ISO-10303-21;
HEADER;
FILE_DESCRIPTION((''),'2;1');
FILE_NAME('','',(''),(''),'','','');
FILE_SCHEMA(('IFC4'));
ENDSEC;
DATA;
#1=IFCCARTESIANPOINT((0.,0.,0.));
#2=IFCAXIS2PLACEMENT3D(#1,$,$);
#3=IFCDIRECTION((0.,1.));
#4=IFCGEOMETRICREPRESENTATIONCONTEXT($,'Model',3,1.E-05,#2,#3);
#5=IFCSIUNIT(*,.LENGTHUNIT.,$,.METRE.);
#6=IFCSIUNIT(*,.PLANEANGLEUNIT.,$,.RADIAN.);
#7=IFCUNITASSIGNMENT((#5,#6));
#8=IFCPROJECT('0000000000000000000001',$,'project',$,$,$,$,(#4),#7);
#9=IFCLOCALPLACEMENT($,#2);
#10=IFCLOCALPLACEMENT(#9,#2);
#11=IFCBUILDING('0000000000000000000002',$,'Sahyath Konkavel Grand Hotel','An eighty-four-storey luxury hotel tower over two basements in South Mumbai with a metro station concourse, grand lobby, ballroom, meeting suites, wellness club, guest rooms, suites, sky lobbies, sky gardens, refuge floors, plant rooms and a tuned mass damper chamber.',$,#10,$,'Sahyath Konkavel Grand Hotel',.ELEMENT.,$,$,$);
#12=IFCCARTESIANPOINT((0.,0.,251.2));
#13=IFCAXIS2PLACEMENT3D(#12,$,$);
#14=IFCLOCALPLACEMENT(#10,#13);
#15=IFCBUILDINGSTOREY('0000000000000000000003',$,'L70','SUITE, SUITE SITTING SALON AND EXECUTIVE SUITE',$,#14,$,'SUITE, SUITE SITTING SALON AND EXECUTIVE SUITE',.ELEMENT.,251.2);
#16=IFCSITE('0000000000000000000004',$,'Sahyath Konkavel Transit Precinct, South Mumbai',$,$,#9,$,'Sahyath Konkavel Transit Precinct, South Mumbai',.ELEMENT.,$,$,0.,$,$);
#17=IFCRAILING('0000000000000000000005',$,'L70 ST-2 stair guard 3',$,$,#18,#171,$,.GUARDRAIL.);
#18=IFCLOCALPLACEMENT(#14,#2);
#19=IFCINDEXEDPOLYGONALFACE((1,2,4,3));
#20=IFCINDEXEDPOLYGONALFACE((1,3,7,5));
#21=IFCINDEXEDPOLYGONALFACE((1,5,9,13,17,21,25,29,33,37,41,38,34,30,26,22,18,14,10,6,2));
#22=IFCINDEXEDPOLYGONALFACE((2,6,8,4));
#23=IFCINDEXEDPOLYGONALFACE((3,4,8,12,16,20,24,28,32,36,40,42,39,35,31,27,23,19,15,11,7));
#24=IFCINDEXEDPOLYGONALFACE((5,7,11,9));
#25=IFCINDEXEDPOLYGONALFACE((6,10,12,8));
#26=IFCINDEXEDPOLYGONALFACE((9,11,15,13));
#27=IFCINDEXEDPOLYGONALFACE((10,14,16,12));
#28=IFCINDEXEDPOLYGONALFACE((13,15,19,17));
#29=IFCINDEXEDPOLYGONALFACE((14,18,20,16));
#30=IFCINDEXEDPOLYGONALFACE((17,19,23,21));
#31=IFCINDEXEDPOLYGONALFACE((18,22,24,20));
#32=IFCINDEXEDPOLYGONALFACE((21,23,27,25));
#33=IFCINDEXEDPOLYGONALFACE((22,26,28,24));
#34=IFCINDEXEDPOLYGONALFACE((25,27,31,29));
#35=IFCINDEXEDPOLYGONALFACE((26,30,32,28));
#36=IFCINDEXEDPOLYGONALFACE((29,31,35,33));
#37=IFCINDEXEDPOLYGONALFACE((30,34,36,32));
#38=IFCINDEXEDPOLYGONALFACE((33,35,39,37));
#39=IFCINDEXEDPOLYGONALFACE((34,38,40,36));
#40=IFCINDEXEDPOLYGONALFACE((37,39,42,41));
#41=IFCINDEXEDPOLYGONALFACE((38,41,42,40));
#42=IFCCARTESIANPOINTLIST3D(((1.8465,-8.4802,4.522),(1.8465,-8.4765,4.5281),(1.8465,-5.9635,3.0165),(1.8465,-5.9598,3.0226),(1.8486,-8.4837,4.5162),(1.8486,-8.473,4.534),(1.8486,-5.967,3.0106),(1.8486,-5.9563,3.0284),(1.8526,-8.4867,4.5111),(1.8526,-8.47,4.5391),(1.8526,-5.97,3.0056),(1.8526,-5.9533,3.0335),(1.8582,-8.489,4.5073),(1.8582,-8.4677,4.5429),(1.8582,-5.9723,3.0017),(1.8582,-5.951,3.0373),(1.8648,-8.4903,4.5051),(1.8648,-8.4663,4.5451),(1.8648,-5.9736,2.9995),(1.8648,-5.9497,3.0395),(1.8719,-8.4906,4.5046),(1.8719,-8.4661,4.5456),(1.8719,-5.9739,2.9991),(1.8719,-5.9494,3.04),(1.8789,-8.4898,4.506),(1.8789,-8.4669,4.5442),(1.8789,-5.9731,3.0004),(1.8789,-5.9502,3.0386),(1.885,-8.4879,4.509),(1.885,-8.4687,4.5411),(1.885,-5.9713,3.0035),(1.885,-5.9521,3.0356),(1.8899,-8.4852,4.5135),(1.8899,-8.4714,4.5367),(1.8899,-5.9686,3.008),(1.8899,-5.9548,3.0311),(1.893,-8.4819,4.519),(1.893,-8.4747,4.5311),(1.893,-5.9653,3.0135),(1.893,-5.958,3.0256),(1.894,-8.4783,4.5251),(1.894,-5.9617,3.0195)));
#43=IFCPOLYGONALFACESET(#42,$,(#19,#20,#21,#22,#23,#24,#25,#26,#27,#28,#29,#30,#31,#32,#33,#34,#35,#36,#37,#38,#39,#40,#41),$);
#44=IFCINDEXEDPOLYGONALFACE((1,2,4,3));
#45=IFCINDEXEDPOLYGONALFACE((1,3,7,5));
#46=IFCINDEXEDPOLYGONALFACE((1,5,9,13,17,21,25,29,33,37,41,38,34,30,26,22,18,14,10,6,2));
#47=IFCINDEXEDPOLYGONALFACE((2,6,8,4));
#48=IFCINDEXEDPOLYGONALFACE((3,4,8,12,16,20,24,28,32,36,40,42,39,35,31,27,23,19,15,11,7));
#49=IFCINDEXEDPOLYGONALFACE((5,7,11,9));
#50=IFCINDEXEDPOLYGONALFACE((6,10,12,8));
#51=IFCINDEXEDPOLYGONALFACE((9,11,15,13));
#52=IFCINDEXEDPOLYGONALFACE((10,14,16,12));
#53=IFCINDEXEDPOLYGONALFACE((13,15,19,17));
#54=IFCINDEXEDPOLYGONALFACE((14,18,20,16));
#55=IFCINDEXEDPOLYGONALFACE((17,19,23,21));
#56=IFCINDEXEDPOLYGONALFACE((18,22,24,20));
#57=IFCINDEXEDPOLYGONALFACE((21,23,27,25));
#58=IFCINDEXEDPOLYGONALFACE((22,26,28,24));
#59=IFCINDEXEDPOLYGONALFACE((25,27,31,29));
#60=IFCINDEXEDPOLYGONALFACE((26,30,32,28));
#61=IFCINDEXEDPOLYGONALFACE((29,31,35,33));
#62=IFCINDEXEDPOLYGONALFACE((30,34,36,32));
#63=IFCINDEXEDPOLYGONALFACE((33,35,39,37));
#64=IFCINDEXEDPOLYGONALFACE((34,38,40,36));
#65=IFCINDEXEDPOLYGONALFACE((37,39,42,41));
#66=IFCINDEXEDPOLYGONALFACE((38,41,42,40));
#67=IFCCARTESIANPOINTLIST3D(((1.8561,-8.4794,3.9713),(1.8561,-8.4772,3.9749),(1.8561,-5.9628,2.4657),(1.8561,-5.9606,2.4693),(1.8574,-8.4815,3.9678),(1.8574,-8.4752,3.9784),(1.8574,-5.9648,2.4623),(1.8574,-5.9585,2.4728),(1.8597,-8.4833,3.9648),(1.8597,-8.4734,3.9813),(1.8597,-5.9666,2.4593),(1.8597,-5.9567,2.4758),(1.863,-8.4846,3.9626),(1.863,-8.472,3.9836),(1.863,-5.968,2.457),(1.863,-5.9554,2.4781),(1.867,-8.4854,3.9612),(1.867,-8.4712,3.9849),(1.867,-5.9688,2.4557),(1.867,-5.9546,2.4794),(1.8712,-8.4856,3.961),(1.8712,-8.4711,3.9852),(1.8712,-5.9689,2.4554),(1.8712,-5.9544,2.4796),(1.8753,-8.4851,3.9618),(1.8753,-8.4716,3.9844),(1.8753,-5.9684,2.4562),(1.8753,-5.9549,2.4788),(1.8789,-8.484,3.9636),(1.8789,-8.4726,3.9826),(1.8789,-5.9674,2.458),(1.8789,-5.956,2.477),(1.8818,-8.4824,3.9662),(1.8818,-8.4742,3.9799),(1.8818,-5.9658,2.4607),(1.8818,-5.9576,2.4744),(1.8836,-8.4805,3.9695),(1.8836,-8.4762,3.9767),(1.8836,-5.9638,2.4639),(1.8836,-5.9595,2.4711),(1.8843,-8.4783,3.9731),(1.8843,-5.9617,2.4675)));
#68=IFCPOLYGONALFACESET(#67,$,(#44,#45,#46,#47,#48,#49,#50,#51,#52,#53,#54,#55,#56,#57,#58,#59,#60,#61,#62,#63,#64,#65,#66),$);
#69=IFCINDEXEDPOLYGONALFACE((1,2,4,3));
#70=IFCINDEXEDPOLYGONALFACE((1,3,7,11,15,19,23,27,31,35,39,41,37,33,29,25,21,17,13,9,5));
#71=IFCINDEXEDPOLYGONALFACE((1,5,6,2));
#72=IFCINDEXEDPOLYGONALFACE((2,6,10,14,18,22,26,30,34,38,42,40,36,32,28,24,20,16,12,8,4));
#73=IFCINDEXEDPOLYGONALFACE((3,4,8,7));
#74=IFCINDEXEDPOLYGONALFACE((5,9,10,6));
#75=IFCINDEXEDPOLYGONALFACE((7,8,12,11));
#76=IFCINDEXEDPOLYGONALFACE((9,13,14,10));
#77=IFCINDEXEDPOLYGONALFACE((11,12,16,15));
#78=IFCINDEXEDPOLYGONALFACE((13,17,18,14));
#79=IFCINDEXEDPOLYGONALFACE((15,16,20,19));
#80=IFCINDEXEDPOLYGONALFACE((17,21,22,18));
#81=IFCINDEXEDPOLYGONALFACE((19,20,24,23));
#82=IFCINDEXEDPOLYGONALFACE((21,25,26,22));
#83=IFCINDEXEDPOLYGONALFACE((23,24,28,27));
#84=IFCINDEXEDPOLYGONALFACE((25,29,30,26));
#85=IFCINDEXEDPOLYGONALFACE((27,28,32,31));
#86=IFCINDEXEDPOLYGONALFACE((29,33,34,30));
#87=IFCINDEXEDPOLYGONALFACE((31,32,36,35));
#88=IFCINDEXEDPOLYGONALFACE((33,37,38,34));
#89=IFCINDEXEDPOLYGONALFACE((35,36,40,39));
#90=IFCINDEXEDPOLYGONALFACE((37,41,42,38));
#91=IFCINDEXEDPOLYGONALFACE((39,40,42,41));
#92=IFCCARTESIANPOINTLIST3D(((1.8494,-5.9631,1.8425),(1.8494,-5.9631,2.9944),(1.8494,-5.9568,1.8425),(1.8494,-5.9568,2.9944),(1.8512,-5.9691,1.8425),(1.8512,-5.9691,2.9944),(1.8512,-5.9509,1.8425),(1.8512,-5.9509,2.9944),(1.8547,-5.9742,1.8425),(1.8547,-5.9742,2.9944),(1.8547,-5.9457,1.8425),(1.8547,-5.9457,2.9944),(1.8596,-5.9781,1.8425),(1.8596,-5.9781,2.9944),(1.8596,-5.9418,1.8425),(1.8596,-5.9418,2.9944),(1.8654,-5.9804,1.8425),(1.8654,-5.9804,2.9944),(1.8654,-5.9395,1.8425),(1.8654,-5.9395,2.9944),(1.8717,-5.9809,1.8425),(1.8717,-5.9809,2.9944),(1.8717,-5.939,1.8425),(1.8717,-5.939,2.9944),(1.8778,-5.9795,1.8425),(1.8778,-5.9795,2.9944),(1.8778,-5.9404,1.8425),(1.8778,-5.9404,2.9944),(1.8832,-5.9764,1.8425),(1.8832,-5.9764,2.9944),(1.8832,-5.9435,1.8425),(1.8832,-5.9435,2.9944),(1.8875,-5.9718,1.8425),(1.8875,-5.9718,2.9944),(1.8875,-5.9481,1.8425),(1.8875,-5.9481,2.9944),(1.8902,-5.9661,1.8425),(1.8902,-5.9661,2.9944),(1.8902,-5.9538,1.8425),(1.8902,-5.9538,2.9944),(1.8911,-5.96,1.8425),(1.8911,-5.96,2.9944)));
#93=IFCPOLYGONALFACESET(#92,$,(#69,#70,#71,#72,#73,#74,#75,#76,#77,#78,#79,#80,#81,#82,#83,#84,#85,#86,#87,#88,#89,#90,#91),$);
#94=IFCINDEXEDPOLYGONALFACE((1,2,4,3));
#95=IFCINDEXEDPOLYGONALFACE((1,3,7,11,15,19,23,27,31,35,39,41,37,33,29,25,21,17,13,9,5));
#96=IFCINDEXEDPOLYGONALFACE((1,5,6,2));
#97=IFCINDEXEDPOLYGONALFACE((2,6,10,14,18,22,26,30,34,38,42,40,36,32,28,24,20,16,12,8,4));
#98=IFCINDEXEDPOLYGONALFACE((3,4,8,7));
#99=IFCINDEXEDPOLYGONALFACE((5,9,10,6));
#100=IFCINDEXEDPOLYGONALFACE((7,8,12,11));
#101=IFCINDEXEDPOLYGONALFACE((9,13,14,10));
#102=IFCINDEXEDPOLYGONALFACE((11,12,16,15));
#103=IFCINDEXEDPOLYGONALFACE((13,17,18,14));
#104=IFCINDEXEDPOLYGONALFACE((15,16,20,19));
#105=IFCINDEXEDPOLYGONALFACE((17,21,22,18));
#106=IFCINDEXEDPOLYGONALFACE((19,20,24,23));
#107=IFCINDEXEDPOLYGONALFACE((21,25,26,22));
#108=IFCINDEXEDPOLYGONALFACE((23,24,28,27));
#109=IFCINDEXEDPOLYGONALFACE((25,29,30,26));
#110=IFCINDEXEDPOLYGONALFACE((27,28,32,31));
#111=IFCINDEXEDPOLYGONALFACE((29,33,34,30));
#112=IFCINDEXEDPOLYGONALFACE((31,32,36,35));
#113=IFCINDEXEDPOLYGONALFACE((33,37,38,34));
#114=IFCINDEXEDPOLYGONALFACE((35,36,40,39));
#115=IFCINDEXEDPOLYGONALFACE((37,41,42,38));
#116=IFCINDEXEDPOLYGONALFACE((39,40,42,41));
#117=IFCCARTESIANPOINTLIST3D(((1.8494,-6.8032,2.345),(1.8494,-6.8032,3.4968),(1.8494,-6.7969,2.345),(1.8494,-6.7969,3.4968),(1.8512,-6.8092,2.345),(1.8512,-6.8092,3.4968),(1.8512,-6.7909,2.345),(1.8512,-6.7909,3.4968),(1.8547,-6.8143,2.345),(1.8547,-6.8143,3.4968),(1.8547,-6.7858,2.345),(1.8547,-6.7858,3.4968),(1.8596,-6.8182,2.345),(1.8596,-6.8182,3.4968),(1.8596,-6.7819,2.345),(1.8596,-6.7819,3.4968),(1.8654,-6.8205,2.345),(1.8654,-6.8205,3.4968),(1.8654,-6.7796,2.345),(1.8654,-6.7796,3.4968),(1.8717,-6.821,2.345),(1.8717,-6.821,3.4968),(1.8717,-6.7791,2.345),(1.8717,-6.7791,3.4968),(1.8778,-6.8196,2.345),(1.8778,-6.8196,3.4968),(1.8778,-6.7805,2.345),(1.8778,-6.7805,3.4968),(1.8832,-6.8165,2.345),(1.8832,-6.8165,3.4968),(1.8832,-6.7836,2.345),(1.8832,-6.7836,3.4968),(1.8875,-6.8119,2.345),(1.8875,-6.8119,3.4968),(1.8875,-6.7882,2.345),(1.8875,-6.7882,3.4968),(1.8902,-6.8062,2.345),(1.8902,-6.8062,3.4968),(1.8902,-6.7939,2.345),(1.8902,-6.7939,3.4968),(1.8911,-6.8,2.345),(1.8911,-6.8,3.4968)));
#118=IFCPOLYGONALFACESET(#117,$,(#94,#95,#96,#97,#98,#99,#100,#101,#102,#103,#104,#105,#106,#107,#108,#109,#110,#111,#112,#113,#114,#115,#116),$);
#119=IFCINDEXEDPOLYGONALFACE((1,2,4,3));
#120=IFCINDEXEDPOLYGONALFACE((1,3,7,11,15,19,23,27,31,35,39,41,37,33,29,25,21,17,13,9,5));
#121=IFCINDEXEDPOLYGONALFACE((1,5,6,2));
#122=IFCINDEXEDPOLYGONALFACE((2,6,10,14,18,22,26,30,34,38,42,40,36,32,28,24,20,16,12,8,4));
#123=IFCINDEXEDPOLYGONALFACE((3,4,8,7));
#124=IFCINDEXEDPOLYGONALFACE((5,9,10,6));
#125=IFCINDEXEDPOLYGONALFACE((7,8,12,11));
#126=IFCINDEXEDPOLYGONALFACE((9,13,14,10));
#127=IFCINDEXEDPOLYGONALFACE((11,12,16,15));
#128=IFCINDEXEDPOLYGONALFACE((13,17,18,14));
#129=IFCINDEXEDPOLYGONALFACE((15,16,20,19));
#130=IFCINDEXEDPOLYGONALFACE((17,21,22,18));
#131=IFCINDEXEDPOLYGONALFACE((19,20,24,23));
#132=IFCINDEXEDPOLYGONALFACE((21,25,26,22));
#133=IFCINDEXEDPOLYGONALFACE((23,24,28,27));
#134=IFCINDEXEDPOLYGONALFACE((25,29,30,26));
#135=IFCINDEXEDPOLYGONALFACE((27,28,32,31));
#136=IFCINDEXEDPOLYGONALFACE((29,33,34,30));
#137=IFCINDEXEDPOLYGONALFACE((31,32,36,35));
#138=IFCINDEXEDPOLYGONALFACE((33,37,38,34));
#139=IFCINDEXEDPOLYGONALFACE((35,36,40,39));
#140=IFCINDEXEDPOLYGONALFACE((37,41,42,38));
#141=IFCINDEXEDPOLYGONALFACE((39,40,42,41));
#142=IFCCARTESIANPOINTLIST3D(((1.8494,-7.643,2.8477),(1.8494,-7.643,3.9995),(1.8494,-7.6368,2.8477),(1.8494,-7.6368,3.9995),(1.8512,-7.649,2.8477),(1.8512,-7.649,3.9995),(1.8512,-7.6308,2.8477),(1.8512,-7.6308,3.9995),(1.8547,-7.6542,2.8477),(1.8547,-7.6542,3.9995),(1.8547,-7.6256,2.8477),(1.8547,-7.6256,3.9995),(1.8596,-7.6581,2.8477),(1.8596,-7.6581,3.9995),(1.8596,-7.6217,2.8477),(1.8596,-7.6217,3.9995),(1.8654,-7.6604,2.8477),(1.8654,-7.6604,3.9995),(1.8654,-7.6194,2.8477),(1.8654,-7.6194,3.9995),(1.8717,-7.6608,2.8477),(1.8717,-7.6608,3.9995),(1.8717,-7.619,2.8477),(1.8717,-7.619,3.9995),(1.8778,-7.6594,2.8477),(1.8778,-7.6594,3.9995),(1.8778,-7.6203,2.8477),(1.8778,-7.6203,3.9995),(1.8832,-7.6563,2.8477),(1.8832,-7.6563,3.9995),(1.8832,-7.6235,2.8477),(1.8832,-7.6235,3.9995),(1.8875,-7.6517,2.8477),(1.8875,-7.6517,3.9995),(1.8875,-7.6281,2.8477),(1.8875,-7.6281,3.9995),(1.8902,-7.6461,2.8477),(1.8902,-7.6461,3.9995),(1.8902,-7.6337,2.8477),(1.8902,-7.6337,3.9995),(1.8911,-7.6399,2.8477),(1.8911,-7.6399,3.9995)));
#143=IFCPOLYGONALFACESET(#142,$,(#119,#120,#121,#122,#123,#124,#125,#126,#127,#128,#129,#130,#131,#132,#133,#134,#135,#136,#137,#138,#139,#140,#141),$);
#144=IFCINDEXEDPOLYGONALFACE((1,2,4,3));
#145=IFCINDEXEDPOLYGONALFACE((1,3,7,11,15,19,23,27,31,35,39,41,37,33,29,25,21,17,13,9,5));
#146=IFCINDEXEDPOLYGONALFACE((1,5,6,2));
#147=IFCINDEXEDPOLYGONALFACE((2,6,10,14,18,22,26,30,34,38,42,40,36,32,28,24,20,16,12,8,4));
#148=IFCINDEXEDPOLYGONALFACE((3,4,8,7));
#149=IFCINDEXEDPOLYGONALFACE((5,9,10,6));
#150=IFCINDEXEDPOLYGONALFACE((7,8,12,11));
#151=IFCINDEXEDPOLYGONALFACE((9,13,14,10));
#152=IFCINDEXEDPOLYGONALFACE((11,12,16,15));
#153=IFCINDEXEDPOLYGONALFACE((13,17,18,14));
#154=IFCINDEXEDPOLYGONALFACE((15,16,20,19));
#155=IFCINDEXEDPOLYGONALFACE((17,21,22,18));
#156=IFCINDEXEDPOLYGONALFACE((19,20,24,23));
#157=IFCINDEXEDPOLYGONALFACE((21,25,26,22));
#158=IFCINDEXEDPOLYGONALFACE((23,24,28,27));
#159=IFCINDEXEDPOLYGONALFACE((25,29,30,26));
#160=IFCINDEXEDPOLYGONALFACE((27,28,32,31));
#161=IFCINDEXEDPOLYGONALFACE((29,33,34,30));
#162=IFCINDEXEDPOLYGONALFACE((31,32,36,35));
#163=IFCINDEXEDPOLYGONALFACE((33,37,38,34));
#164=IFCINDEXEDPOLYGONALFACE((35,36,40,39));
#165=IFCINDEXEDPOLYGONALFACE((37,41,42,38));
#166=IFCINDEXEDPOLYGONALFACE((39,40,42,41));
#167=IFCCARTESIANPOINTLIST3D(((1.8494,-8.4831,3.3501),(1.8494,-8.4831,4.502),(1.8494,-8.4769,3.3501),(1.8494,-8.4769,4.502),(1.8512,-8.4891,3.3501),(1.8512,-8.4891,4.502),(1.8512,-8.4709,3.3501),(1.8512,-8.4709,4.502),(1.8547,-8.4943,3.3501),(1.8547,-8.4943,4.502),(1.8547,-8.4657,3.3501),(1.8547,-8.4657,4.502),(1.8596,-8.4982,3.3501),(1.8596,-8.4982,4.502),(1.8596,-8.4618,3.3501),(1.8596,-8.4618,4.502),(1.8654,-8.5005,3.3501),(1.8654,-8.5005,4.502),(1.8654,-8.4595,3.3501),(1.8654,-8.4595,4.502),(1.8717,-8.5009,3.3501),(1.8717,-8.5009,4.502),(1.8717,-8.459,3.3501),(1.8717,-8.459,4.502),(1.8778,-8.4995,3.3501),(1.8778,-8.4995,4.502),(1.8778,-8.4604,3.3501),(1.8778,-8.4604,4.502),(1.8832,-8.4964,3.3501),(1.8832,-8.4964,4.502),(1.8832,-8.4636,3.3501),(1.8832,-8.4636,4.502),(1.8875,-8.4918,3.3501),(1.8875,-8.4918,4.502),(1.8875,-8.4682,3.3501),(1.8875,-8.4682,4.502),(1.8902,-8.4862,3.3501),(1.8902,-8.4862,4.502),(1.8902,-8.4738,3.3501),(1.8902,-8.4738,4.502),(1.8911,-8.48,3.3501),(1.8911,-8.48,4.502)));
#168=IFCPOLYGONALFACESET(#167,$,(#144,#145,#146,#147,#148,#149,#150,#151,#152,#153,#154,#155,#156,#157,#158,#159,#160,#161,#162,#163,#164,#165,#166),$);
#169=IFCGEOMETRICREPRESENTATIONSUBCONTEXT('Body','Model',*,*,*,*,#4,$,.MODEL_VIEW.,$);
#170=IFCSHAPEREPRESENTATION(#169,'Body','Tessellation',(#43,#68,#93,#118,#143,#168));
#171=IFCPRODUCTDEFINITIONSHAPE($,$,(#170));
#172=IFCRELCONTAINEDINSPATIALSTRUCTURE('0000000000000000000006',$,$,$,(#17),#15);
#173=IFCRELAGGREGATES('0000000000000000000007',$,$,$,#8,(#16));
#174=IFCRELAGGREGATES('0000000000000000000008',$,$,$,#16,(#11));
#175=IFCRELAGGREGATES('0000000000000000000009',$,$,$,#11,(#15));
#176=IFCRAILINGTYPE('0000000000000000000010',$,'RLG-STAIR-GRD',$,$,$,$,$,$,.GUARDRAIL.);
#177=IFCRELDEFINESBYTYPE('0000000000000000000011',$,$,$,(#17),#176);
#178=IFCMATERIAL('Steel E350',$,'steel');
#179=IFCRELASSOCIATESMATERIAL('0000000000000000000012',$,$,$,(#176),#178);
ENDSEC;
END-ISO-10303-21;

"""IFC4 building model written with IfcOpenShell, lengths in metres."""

from ifc_helpers import new_model, si_unit, direction, frame, origin, origin_2d, place, context, subcontext, project, spatial, circle, extrude, material, type_object, element, save


model = new_model("IFC4")

# Units and contexts
model_context = context("Model", 3, precision=1e-05, world=origin(), true_north=direction((0.0, 1.0)))
body_context = subcontext(model_context, "Body", "Model", "MODEL_VIEW")
ifc_project = project(units=[si_unit("LENGTHUNIT", "METRE"), si_unit("PLANEANGLEUNIT", "RADIAN")], contexts=[model_context])

# Site, building, storey
site_placement = place(None, origin())
site = spatial("IfcSite", under=ifc_project, at=site_placement, Name="Sahyath Konkavel Transit Precinct, South Mumbai", LongName="Sahyath Konkavel Transit Precinct, South Mumbai", CompositionType="ELEMENT", RefElevation=0.0)
building_placement = place(site_placement, origin())
building = spatial("IfcBuilding", under=site, at=building_placement, Name="Sahyath Konkavel Grand Hotel", Description="An eighty-four-storey luxury hotel tower over two basements in South Mumbai with a metro station concourse, grand lobby, ballroom, meeting suites, wellness club, guest rooms, suites, sky lobbies, sky gardens, refuge floors, plant rooms and a tuned mass damper chamber.", LongName="Sahyath Konkavel Grand Hotel", CompositionType="ELEMENT")
storey_placement = place(building_placement, frame((0.0, 0.0, 251.2)))
storey = spatial("IfcBuildingStorey", under=building, at=storey_placement, Name="L70", Description="SUITE, SUITE SITTING SALON AND EXECUTIVE SUITE", LongName="SUITE, SUITE SITTING SALON AND EXECUTIVE SUITE", CompositionType="ELEMENT", Elevation=251.2)

# Shared definitions
ifc_material_1 = material(Name="Steel E350", Category="steel")

# Railing
railing_type_1 = type_object("IfcRailingType", Name="RLG-STAIR-GRD", PredefinedType="GUARDRAIL", material=ifc_material_1)
railing_1_placement = place(storey_placement, frame((1.8701, -5.96, 1.8425)))
element("IfcRailing", 1, at=railing_1_placement, inside=storey, type_object=railing_type_1, Name="L70 ST-2 stair guard 3", PredefinedType="GUARDRAIL", context=body_context, shape_type="SweptSolid", body=[
    extrude(circle(Radius=0.0239, at=origin_2d()), frame((0.0, -0.0017, 1.177), z_axis=(0.0, -0.85816, 0.513383), x_axis=(1.0, 0.0, 0.0)), (0.0, 0.0, 1.0), 2.9326),
    extrude(circle(Radius=0.0142, at=origin_2d()), frame((0.0, -0.0017, 0.625), z_axis=(0.0, -0.85816, 0.513383), x_axis=(1.0, 0.0, 0.0)), (0.0, 0.0, 1.0), 2.9326),
    extrude(circle(Radius=0.021, at=origin_2d()), origin(), (0.0, 0.0, 1.0), 1.1519),
    extrude(circle(Radius=0.021, at=origin_2d()), frame((0.0, -0.8401, 0.5024)), (0.0, 0.0, 1.0), 1.1519),
    extrude(circle(Radius=0.021, at=origin_2d()), frame((0.0, -1.6799, 1.0051)), (0.0, 0.0, 1.0), 1.1519),
    extrude(circle(Radius=0.021, at=origin_2d()), frame((0.0, -2.52, 1.5076)), (0.0, 0.0, 1.0), 1.1519),
])

save(model, "model.ifc")
